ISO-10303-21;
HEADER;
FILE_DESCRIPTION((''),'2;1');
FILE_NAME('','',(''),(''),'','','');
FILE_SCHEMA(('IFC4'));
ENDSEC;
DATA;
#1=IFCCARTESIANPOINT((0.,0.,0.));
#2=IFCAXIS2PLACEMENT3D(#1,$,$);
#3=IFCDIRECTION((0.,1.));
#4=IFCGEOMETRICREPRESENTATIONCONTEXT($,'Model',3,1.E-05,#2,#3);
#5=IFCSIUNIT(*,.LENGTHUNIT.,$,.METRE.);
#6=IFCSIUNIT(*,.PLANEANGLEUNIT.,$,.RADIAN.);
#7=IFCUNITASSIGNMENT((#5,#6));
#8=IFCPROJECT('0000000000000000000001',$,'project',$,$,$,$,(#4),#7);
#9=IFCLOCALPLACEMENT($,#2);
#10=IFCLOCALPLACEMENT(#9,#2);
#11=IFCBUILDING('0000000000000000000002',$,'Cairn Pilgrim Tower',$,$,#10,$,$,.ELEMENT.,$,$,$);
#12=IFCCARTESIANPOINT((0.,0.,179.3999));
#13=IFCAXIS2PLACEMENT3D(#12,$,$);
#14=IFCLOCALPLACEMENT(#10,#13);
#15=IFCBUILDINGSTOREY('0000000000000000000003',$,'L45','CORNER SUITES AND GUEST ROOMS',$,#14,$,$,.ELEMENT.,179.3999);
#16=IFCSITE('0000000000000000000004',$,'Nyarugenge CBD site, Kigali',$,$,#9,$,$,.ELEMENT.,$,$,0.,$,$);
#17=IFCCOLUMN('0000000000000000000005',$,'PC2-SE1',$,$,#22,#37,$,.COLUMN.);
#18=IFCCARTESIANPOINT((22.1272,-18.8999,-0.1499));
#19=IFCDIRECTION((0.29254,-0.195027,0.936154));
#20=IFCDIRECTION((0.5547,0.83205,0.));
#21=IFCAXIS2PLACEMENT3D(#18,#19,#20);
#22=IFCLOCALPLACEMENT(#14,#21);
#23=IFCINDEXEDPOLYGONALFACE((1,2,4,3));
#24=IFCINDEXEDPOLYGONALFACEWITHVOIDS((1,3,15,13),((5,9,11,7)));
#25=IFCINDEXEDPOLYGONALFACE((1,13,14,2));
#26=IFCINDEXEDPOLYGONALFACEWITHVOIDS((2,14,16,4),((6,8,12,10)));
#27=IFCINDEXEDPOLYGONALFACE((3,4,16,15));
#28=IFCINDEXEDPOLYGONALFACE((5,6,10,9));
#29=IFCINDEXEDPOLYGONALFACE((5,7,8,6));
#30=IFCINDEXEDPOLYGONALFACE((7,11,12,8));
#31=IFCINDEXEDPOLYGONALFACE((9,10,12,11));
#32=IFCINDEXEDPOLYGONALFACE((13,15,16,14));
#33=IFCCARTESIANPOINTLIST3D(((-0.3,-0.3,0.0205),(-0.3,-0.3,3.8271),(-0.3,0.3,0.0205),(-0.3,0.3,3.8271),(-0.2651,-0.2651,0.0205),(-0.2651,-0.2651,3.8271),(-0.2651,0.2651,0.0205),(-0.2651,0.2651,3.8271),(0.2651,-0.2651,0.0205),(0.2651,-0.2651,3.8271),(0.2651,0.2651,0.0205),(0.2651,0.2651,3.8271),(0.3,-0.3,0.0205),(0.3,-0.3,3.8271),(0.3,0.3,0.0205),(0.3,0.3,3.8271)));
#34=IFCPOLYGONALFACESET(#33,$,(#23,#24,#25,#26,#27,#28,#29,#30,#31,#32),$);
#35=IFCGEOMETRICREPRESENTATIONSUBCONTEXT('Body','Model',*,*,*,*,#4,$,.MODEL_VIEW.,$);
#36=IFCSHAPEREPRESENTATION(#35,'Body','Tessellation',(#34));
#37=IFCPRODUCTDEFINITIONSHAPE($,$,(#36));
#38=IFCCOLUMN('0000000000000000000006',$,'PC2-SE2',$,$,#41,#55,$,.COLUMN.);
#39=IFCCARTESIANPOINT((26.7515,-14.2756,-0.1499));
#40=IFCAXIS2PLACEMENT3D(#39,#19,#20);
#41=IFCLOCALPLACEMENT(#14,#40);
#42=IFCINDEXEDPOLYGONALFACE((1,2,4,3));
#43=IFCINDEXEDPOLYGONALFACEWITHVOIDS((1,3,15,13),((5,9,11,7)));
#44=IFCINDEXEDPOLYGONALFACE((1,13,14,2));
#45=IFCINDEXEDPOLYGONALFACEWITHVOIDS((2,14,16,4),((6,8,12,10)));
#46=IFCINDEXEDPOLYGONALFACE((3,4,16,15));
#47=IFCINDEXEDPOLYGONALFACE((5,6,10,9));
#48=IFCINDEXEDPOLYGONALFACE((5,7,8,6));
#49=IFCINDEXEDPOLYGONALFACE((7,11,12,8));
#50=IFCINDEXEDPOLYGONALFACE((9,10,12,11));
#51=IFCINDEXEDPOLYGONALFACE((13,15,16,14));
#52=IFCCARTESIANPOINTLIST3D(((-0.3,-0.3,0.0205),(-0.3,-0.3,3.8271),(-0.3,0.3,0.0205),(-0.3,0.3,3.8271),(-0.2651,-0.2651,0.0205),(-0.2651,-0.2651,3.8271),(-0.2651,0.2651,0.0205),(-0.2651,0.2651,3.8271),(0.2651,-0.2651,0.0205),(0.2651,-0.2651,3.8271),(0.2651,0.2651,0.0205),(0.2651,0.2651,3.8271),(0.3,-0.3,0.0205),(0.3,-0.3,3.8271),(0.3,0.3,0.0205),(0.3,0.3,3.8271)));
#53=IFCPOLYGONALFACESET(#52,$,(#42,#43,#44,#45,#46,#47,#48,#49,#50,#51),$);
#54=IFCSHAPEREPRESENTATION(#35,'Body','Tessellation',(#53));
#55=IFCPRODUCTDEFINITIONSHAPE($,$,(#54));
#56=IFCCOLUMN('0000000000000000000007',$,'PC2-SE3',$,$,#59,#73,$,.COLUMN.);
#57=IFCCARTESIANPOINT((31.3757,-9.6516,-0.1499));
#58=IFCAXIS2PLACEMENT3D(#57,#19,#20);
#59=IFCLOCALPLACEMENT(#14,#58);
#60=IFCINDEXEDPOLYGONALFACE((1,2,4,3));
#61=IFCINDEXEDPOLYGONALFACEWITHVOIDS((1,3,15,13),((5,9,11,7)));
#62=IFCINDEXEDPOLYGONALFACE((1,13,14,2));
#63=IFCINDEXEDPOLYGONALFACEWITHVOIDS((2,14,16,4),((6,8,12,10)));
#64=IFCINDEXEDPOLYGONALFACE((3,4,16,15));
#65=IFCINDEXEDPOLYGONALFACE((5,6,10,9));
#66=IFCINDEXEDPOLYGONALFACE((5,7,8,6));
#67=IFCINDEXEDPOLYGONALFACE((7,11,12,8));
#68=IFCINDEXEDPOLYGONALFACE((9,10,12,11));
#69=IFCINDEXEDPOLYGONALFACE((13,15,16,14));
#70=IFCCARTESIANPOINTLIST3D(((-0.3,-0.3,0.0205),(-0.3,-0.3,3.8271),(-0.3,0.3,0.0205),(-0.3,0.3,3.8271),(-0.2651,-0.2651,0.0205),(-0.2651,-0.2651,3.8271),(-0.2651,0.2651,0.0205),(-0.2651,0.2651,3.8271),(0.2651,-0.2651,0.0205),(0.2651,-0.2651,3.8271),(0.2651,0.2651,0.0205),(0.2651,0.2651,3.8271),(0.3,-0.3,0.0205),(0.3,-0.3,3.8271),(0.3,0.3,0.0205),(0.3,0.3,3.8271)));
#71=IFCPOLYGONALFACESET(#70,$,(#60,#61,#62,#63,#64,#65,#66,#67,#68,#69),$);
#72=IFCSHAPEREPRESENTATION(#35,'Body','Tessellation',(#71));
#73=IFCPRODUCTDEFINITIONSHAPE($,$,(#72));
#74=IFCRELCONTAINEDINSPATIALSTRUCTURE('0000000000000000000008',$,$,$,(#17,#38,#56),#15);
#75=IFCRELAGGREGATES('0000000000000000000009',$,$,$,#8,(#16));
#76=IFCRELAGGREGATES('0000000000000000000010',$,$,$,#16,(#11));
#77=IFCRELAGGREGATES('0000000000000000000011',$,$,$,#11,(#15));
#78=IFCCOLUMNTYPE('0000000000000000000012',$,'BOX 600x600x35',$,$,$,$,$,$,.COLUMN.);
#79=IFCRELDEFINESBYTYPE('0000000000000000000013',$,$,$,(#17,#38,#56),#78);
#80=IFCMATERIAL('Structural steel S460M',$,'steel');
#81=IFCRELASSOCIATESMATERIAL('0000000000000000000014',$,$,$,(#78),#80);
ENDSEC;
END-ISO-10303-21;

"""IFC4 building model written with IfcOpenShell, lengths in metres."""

from ifc_helpers import new_model, si_unit, direction, frame, origin, origin_2d, place, context, subcontext, project, spatial, hollow_rectangle, extrude, clip, halfspace, material, material_profile, profile_set, type_object, element, save


model = new_model("IFC4")

# Units and contexts
model_context = context("Model", 3, precision=1e-05, world=origin(), true_north=direction((0.0, 1.0)))
body_context = subcontext(model_context, "Body", "Model", "MODEL_VIEW")
ifc_project = project(units=[si_unit("LENGTHUNIT", "METRE"), si_unit("PLANEANGLEUNIT", "RADIAN")], contexts=[model_context])

# Site, building, storey
site_placement = place(None, origin())
site = spatial("IfcSite", under=ifc_project, at=site_placement, Name="Nyarugenge CBD site, Kigali", CompositionType="ELEMENT", RefElevation=0.0)
building_placement = place(site_placement, origin())
building = spatial("IfcBuilding", under=site, at=building_placement, Name="Cairn Pilgrim Tower", CompositionType="ELEMENT")
storey_placement = place(building_placement, frame((0.0, 0.0, 179.3999)))
storey = spatial("IfcBuildingStorey", under=building, at=storey_placement, Name="L45", Description="CORNER SUITES AND GUEST ROOMS", CompositionType="ELEMENT", Elevation=179.3999)

# Columns
ifc_material_1 = material(Name="Structural steel S460M", Category="steel")
ifc_material_profile_1 = material_profile(ifc_material_1, hollow_rectangle(XDim=0.6001, YDim=0.6001, WallThickness=0.0349, at=origin_2d()), Name="BOX 600x600x35")
ifc_profile_set_1 = profile_set([ifc_material_profile_1], Name="Structural steel S460M")
column_type = type_object("IfcColumnType", Name="BOX 600x600x35", PredefinedType="COLUMN", material=ifc_profile_set_1)
for number, where, z_axis, x_axis, name in (
    (1, (22.1272, -18.8999, -0.1499), (0.29254, -0.195027, 0.936154), (0.5547, 0.83205, 0.0), "PC2-SE1"),
    (2, (26.7515, -14.2756, -0.1499), (0.29254, -0.195027, 0.936154), (0.5547, 0.83205, 0.0), "PC2-SE2"),
    (3, (31.3757, -9.6516, -0.1499), (0.29254, -0.195027, 0.936154), (0.5547, 0.83205, 0.0), "PC2-SE3"),
):
    element("IfcColumn", number, at=place(storey_placement, frame(where, z_axis=z_axis, x_axis=x_axis)), inside=storey, type_object=column_type, Name=name, PredefinedType="COLUMN", context=body_context, shape_type="Clipping", body=[
        clip(clip(extrude(hollow_rectangle(XDim=0.6001, YDim=0.6001, WallThickness=0.0349, at=origin_2d()), origin(), (0.0, 0.0, 1.0), 3.8457), halfspace(frame((0.0, 0.0, 0.0205), z_axis=(0.0, 0.0, 1.0), x_axis=(1.0, 0.0, 0.0)), True)), halfspace(frame((0.0, 0.0, 3.8271), z_axis=(0.0, 0.0, 1.0), x_axis=(1.0, 0.0, 0.0)), False)),
    ])

save(model, "model.ifc")
